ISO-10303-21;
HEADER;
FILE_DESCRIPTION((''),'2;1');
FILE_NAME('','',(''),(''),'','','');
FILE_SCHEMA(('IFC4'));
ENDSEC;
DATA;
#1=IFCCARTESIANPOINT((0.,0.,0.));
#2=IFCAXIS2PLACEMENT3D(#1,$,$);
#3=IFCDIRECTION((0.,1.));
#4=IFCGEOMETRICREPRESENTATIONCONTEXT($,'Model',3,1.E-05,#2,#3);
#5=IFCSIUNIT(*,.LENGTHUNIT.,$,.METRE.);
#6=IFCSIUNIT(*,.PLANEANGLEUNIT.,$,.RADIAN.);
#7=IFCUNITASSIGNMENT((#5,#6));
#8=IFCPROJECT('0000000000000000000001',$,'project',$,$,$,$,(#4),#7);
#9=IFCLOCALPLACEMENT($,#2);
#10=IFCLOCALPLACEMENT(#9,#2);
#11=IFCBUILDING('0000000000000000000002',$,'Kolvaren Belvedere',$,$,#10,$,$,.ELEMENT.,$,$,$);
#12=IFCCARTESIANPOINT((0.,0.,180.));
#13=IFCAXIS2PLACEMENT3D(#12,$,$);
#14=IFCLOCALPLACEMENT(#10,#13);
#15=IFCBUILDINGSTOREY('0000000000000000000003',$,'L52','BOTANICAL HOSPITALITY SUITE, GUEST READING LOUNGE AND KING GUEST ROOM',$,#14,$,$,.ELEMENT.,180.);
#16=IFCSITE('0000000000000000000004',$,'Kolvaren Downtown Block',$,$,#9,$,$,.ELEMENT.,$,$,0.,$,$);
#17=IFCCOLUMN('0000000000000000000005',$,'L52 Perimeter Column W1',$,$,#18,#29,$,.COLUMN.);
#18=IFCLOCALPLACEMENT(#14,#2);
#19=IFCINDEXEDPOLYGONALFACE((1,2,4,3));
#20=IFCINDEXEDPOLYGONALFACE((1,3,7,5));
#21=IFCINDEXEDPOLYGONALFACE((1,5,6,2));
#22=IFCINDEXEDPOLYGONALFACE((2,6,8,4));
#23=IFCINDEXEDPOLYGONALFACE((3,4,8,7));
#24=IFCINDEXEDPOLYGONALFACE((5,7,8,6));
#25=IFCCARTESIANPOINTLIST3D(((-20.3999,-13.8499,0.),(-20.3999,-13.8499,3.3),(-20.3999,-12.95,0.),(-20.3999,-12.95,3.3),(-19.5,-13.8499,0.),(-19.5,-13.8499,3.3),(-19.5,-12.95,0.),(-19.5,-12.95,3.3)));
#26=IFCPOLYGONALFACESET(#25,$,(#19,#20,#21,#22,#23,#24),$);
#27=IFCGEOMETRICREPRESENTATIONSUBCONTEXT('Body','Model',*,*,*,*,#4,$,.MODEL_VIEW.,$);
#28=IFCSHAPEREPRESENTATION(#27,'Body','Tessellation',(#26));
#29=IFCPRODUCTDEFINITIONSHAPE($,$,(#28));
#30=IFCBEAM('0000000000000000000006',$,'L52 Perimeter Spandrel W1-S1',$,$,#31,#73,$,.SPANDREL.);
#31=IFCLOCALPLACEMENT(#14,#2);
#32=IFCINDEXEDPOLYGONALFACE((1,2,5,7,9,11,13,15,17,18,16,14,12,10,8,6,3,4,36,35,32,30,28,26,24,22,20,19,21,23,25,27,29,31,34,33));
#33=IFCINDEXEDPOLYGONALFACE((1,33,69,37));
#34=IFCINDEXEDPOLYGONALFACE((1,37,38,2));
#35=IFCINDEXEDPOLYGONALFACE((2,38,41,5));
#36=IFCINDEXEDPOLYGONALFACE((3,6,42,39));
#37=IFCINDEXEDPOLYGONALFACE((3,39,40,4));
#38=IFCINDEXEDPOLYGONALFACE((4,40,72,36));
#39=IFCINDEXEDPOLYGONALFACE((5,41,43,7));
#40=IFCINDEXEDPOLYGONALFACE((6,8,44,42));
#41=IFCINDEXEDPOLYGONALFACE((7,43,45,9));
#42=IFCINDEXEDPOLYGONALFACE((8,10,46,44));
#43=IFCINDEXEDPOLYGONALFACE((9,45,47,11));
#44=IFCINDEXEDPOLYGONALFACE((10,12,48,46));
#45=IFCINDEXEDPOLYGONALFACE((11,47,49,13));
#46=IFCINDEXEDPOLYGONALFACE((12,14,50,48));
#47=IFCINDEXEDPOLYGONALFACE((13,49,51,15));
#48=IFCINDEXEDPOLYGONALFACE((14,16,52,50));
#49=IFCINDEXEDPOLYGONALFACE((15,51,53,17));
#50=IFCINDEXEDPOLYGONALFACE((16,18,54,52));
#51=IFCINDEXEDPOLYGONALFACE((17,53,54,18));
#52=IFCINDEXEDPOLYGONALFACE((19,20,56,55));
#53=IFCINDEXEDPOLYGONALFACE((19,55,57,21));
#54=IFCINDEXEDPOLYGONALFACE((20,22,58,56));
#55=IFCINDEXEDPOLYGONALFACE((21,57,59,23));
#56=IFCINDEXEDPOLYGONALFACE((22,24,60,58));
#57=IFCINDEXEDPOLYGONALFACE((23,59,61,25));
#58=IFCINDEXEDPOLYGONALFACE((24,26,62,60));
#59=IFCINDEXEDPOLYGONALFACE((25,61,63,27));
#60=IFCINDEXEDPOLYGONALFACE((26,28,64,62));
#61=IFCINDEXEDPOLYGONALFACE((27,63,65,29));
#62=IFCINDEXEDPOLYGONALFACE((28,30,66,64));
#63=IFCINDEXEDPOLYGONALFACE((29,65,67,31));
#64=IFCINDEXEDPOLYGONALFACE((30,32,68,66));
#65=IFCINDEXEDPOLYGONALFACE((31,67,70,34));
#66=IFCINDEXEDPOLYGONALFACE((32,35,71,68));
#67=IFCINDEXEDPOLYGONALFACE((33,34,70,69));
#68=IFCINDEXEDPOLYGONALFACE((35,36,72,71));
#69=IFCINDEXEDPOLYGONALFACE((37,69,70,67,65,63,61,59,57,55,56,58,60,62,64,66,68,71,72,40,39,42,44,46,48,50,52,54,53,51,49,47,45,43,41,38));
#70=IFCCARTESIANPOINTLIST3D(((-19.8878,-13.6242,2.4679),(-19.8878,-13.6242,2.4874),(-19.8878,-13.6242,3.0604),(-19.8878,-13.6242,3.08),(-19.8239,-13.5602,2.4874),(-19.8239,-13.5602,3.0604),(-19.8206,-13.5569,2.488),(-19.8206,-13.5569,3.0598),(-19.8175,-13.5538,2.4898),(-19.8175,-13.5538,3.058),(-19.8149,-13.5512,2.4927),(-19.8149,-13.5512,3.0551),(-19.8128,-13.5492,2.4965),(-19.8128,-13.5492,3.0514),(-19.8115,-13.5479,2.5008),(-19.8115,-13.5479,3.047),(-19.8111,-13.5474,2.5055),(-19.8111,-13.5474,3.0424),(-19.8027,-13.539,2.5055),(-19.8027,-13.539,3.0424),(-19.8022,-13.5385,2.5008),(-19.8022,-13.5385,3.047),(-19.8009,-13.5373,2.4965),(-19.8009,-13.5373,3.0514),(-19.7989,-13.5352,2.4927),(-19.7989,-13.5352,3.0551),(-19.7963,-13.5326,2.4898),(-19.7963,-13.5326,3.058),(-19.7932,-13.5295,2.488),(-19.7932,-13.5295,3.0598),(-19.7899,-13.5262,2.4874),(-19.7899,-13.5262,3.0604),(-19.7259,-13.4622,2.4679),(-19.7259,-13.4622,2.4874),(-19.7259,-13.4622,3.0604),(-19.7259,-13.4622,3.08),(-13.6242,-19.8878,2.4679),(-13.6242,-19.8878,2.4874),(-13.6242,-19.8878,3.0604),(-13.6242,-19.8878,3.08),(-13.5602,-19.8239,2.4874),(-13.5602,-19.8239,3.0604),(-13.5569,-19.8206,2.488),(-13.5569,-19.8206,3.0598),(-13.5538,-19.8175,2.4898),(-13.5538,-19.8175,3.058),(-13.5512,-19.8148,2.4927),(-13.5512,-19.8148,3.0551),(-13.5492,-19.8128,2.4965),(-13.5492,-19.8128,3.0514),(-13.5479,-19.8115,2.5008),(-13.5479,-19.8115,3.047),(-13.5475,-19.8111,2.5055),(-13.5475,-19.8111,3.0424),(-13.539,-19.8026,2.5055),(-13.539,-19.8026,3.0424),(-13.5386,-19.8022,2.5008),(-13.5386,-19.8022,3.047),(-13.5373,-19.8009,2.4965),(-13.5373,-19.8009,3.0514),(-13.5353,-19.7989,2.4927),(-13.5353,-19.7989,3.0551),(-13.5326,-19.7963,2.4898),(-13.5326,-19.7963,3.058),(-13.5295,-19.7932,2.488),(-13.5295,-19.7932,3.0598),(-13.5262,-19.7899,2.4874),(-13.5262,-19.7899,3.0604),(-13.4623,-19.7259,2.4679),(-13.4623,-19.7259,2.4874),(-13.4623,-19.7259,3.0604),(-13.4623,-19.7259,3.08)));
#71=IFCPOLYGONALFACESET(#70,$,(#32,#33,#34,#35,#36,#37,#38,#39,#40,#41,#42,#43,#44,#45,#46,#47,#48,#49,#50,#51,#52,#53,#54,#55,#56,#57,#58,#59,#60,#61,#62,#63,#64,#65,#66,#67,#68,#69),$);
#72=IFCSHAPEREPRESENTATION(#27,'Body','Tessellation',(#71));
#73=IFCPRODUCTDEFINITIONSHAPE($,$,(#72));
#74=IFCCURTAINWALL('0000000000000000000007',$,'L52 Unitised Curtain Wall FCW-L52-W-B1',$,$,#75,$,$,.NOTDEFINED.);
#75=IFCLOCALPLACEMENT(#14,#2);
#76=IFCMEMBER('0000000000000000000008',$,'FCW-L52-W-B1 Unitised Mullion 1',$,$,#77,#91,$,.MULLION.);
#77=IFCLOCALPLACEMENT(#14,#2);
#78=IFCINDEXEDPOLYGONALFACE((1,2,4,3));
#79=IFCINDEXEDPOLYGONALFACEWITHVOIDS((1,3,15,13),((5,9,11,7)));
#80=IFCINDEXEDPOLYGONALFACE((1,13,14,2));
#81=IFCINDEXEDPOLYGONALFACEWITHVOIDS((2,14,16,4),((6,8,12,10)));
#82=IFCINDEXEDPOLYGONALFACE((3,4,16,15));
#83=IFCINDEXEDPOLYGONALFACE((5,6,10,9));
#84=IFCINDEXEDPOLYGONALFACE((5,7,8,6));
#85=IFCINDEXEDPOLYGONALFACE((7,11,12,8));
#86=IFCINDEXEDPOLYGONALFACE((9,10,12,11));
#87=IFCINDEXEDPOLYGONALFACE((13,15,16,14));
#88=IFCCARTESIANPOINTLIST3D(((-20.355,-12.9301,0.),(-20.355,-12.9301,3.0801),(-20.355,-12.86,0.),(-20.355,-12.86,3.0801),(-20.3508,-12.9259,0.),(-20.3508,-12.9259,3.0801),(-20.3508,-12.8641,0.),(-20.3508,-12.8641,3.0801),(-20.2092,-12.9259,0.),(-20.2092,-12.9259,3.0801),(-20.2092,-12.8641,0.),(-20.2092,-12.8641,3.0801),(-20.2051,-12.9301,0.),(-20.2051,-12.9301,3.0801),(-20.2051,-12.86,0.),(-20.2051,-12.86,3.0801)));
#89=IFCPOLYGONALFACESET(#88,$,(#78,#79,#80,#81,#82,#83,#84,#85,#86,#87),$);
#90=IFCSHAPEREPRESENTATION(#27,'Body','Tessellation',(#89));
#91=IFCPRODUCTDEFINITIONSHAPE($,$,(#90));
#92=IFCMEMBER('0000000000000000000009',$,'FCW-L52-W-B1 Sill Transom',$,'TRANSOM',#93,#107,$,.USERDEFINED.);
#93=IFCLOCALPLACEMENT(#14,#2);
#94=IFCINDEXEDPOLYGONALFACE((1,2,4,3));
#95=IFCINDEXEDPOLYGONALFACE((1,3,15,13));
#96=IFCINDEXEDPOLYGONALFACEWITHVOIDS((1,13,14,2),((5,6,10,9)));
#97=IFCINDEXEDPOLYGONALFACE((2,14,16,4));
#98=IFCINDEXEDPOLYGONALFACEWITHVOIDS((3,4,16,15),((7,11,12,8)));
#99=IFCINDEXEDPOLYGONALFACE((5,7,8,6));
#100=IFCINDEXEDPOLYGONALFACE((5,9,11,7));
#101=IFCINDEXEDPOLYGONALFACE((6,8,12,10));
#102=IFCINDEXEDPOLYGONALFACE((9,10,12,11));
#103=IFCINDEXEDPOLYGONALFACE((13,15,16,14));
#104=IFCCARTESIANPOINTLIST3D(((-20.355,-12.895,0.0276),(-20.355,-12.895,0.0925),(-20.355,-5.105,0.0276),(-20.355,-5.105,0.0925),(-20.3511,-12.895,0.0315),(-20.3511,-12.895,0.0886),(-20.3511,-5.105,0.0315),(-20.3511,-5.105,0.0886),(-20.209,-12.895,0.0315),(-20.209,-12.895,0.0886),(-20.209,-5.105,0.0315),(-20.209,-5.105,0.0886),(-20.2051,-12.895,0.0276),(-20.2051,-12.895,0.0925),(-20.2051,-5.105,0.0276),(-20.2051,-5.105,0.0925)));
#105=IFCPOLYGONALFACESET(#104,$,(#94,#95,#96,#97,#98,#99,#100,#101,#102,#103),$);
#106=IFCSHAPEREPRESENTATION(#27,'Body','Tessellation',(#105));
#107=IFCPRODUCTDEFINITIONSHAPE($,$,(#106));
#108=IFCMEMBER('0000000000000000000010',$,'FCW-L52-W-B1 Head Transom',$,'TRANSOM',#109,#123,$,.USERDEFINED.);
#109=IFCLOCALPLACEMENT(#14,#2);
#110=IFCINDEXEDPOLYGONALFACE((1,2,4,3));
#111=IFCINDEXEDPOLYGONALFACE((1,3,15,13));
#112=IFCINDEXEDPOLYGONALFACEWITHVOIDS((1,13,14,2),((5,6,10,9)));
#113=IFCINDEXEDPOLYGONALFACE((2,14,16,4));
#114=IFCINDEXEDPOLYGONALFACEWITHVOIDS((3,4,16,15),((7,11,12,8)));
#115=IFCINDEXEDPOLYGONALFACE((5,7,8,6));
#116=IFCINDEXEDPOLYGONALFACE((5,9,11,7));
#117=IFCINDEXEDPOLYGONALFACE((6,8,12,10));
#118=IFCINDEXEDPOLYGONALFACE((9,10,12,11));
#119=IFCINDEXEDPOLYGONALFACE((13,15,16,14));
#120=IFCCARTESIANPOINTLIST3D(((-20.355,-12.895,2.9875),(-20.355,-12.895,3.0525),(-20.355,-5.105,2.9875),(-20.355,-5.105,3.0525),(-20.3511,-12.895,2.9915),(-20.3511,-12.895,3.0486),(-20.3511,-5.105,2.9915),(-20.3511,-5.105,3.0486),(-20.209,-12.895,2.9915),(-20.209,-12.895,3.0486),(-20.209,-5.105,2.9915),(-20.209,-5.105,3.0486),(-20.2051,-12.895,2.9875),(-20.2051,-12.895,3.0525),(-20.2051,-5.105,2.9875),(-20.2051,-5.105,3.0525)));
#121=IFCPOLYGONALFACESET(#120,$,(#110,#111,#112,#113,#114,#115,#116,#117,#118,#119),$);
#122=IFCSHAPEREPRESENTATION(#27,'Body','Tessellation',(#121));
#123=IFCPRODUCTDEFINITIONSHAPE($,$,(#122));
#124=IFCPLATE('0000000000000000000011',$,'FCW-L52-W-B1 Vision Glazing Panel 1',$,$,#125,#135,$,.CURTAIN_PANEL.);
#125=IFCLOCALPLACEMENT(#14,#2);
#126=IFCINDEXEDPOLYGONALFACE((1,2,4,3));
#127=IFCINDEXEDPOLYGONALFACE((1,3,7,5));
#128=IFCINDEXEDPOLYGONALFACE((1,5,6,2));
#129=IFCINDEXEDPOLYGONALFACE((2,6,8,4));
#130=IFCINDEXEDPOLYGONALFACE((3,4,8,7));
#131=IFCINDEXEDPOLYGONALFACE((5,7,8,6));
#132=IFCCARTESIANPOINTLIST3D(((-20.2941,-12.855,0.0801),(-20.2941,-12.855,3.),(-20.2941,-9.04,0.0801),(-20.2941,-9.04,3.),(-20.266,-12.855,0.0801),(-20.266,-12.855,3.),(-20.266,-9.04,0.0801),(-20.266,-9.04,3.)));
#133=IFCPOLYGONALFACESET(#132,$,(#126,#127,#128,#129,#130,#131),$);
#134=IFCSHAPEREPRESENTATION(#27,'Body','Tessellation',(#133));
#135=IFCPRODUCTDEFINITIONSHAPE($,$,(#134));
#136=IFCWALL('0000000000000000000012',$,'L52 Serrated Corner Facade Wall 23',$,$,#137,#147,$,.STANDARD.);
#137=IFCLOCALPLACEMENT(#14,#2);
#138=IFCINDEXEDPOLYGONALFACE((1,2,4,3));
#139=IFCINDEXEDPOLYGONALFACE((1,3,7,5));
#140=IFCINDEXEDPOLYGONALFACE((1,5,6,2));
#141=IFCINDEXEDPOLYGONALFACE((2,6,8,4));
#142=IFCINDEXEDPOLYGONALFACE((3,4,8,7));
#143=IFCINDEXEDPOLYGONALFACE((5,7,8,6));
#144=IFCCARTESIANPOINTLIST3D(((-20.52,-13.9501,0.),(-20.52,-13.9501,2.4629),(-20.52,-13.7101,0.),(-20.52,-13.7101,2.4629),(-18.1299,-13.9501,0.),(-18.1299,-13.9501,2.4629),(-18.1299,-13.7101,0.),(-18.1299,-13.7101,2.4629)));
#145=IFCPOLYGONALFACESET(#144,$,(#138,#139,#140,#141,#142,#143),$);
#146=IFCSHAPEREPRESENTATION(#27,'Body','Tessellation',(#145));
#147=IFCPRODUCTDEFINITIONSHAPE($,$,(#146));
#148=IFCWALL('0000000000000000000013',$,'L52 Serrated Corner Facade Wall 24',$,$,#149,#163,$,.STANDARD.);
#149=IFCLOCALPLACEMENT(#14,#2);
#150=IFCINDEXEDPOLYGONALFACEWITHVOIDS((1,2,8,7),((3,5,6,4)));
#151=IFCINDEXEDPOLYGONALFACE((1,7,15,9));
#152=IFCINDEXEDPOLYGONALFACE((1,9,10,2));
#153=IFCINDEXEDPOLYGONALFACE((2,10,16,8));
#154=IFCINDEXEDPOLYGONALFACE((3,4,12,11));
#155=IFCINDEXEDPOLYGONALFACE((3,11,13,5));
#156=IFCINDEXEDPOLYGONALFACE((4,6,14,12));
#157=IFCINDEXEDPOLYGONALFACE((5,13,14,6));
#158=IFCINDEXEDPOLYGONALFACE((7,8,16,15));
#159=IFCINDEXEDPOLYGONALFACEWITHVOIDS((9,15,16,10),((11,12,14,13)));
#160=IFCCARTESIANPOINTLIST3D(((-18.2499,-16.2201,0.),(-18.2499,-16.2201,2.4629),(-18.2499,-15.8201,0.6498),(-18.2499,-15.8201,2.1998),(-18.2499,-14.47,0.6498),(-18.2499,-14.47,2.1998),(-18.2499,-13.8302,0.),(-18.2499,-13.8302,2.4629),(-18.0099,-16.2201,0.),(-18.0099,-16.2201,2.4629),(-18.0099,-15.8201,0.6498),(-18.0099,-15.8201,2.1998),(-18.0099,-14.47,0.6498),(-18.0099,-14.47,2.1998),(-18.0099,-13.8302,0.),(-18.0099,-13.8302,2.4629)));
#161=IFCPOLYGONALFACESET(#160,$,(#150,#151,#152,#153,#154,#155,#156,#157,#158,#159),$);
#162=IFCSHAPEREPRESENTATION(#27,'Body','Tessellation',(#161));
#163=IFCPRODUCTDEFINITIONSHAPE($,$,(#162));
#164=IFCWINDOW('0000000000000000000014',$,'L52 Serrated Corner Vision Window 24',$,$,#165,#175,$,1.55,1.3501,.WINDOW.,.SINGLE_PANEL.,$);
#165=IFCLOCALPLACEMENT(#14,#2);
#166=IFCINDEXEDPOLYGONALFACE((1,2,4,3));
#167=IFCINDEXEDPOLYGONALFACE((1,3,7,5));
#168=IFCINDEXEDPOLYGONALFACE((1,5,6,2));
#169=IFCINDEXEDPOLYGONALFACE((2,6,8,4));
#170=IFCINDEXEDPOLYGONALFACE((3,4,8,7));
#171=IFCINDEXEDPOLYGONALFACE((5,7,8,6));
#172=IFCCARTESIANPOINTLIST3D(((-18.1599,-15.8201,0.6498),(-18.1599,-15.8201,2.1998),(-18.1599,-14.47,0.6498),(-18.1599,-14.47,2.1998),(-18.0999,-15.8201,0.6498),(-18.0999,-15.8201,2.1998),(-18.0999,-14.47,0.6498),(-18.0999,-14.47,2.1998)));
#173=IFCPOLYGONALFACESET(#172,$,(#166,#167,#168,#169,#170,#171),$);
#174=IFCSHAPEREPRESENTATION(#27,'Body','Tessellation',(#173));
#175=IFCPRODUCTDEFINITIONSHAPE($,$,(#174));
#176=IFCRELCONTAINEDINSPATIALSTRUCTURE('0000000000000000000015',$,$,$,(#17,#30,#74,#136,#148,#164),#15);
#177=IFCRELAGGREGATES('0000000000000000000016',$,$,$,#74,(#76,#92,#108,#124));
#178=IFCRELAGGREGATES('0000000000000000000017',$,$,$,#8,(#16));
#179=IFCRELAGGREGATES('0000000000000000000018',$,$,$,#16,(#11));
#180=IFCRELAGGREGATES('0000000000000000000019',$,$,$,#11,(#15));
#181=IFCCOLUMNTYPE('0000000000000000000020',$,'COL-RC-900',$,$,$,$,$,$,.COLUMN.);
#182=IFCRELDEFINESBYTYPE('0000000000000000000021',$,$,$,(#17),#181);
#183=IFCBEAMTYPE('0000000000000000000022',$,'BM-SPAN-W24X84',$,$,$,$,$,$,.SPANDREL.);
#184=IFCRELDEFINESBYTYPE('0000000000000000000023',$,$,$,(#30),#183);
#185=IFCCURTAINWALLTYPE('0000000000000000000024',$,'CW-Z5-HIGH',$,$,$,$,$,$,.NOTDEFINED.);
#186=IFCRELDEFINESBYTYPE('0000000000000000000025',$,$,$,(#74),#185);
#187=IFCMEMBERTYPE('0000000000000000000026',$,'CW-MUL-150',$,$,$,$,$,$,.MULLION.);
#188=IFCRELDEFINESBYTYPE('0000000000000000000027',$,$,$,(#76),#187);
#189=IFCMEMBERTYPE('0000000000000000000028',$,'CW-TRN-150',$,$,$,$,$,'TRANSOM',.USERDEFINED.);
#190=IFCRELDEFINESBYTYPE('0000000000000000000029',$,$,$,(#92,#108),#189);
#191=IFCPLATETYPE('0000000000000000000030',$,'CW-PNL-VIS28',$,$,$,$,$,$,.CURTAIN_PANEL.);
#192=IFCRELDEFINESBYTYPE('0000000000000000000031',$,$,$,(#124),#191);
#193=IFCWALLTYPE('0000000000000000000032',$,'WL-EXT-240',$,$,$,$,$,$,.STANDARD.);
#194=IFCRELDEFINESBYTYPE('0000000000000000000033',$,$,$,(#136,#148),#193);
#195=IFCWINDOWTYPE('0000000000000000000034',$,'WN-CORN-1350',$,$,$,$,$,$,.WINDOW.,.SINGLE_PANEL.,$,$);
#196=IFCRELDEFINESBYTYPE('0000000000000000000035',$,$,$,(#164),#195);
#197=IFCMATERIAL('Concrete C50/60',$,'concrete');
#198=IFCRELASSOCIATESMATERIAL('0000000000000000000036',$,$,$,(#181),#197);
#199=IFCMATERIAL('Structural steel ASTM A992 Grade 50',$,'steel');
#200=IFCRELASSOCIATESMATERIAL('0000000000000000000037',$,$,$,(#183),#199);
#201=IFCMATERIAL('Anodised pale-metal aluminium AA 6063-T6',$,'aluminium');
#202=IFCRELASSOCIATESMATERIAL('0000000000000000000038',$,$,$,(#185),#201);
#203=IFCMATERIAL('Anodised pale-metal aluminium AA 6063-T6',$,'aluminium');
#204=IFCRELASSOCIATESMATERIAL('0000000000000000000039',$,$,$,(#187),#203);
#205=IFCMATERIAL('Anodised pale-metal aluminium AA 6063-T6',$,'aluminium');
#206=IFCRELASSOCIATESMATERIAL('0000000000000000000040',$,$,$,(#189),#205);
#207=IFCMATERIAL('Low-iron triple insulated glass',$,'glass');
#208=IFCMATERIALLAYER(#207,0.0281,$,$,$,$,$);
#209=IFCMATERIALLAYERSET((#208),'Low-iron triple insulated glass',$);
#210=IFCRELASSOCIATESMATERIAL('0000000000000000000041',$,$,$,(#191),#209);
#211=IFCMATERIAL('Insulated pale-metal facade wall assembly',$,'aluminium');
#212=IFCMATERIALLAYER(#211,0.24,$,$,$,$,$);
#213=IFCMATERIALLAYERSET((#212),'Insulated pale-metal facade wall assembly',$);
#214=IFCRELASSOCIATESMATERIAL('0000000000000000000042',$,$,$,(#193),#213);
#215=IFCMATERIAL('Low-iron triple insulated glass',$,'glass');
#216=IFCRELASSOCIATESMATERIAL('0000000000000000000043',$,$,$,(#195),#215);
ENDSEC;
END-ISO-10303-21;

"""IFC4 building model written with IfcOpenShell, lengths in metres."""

from ifc_helpers import new_model, si_unit, direction, frame, frame_2d, origin, origin_2d, place, context, subcontext, project, spatial, rectangle, hollow_rectangle, i_section, extrude, material, layer, layer_set, material_profile, profile_set, type_object, element, fill, aggregate, save


model = new_model("IFC4")

# Units and contexts
model_context = context("Model", 3, precision=1e-05, world=origin(), true_north=direction((0.0, 1.0)))
body_context = subcontext(model_context, "Body", "Model", "MODEL_VIEW")
ifc_project = project(units=[si_unit("LENGTHUNIT", "METRE"), si_unit("PLANEANGLEUNIT", "RADIAN")], contexts=[model_context])

# Site, building, storey
site_placement = place(None, origin())
site = spatial("IfcSite", under=ifc_project, at=site_placement, Name="Kolvaren Downtown Block", CompositionType="ELEMENT", RefElevation=0.0)
building_placement = place(site_placement, origin())
building = spatial("IfcBuilding", under=site, at=building_placement, Name="Kolvaren Belvedere", CompositionType="ELEMENT")
storey_placement = place(building_placement, frame((0.0, 0.0, 180.0)))
storey = spatial("IfcBuildingStorey", under=building, at=storey_placement, Name="L52", Description="BOTANICAL HOSPITALITY SUITE, GUEST READING LOUNGE AND KING GUEST ROOM", CompositionType="ELEMENT", Elevation=180.0)

# Column
ifc_material_1 = material(Name="Concrete C50/60", Category="concrete")
ifc_material_profile_1 = material_profile(ifc_material_1, rectangle(XDim=0.8999, YDim=0.8999, at=origin_2d()), Name="RC 900X900")
ifc_profile_set_1 = profile_set([ifc_material_profile_1], Name="Concrete C50/60")
column_type = type_object("IfcColumnType", Name="COL-RC-900", PredefinedType="COLUMN", material=ifc_profile_set_1)
column_placement = place(storey_placement, frame((-19.95, -13.3999, 0.0), z_axis=(0.0, 0.0, 1.0), x_axis=(1.0, 0.0, 0.0)))
element("IfcColumn", 1, at=column_placement, inside=storey, type_object=column_type, Name="L52 Perimeter Column W1", PredefinedType="COLUMN", context=body_context, shape_type="SweptSolid", body=[
    extrude(rectangle(XDim=0.8999, YDim=0.8999, at=origin_2d()), origin(), (0.0, 0.0, 1.0), 3.3),
])

# Beam
ifc_material_2 = material(Name="Structural steel ASTM A992 Grade 50", Category="steel")
ifc_material_profile_2 = material_profile(ifc_material_2, i_section(OverallWidth=0.229, OverallDepth=0.6121, WebThickness=0.012, FlangeThickness=0.0195, FilletRadius=0.0181, at=origin_2d()), Name="W24X84")
ifc_profile_set_2 = profile_set([ifc_material_profile_2], Name="Structural steel ASTM A992 Grade 50")
beam_type = type_object("IfcBeamType", Name="BM-SPAN-W24X84", PredefinedType="SPANDREL", material=ifc_profile_set_2)
beam_placement = place(storey_placement, frame((-19.8069, -13.5432, 2.7739), z_axis=(0.707107, -0.707107, 0.0), x_axis=(0.707107, 0.707107, 0.0)))
element("IfcBeam", 2, at=beam_placement, inside=storey, type_object=beam_type, Name="L52 Perimeter Spandrel W1-S1", PredefinedType="SPANDREL", context=body_context, shape_type="SweptSolid", body=[
    extrude(i_section(OverallWidth=0.229, OverallDepth=0.6121, WebThickness=0.012, FlangeThickness=0.0195, FilletRadius=0.0181, at=origin_2d()), origin(), (0.0, 0.0, 1.0), 8.8582),
])

# Curtain wall, members, plate
ifc_material_3 = material(Name="Anodised pale-metal aluminium AA 6063-T6", Category="aluminium")
curtain_wall_type = type_object("IfcCurtainWallType", Name="CW-Z5-HIGH", PredefinedType="NOTDEFINED", material=ifc_material_3)
curtain_wall_placement = place(storey_placement, origin())
curtain_wall = element("IfcCurtainWall", 3, at=curtain_wall_placement, inside=storey, type_object=curtain_wall_type, Name="L52 Unitised Curtain Wall FCW-L52-W-B1", PredefinedType="NOTDEFINED")
ifc_material_4 = material(Name="Anodised pale-metal aluminium AA 6063-T6", Category="aluminium")
ifc_material_profile_3 = material_profile(ifc_material_4, hollow_rectangle(XDim=0.0701, YDim=0.1499, WallThickness=0.0042, at=origin_2d()), Name="ALU-MUL-150X70")
ifc_profile_set_3 = profile_set([ifc_material_profile_3], Name="Anodised pale-metal aluminium AA 6063-T6")
member_type_1 = type_object("IfcMemberType", Name="CW-MUL-150", PredefinedType="MULLION", material=ifc_profile_set_3)
member_1_placement = place(storey_placement, frame((-20.28, -12.895, 0.0), z_axis=(0.0, 0.0, 1.0), x_axis=(0.0, 1.0, 0.0)))
member_1 = element("IfcMember", 4, at=member_1_placement, type_object=member_type_1, Name="FCW-L52-W-B1 Unitised Mullion 1", PredefinedType="MULLION", context=body_context, shape_type="SweptSolid", body=[
    extrude(hollow_rectangle(XDim=0.0701, YDim=0.1499, WallThickness=0.0042, at=origin_2d()), origin(), (0.0, 0.0, 1.0), 3.0801),
])
ifc_material_5 = material(Name="Anodised pale-metal aluminium AA 6063-T6", Category="aluminium")
ifc_material_profile_4 = material_profile(ifc_material_5, hollow_rectangle(XDim=0.0649, YDim=0.1499, WallThickness=0.0039, at=origin_2d()), Name="ALU-TRN-150X65")
ifc_profile_set_4 = profile_set([ifc_material_profile_4], Name="Anodised pale-metal aluminium AA 6063-T6")
member_type_2 = type_object("IfcMemberType", Name="CW-TRN-150", ElementType="TRANSOM", PredefinedType="USERDEFINED", material=ifc_profile_set_4)
member_2_placement = place(storey_placement, frame((-20.28, -12.895, 0.0601), z_axis=(0.0, 1.0, 0.0), x_axis=(0.0, 0.0, 1.0)))
member_2 = element("IfcMember", 5, at=member_2_placement, type_object=member_type_2, Name="FCW-L52-W-B1 Sill Transom", ObjectType="TRANSOM", PredefinedType="USERDEFINED", context=body_context, shape_type="SweptSolid", body=[
    extrude(hollow_rectangle(XDim=0.0649, YDim=0.1499, WallThickness=0.0039, at=origin_2d()), origin(), (0.0, 0.0, 1.0), 7.79),
])
member_3_placement = place(storey_placement, frame((-20.28, -12.895, 3.02), z_axis=(0.0, 1.0, 0.0), x_axis=(0.0, 0.0, 1.0)))
member_3 = element("IfcMember", 6, at=member_3_placement, type_object=member_type_2, Name="FCW-L52-W-B1 Head Transom", ObjectType="TRANSOM", PredefinedType="USERDEFINED", context=body_context, shape_type="SweptSolid", body=[
    extrude(hollow_rectangle(XDim=0.0649, YDim=0.1499, WallThickness=0.0039, at=origin_2d()), origin(), (0.0, 0.0, 1.0), 7.79),
])
ifc_material_6 = material(Name="Low-iron triple insulated glass", Category="glass")
ifc_layer_1 = layer(ifc_material_6, 0.0281)
ifc_layer_set_1 = layer_set([ifc_layer_1], Name="Low-iron triple insulated glass")
plate_type = type_object("IfcPlateType", Name="CW-PNL-VIS28", PredefinedType="CURTAIN_PANEL", material=ifc_layer_set_1)
plate_placement = place(storey_placement, frame((-20.28, -10.9475, 0.0801), z_axis=(0.0, 0.0, 1.0), x_axis=(0.0, 1.0, 0.0)))
plate = element("IfcPlate", 7, at=plate_placement, type_object=plate_type, Name="FCW-L52-W-B1 Vision Glazing Panel 1", PredefinedType="CURTAIN_PANEL", context=body_context, shape_type="SweptSolid", body=[
    extrude(rectangle(XDim=3.8149, YDim=0.0281, at=origin_2d()), origin(), (0.0, 0.0, 1.0), 2.9199),
])
aggregate(curtain_wall, [member_1, member_2, member_3, plate])

# Wall
ifc_material_7 = material(Name="Insulated pale-metal facade wall assembly", Category="aluminium")
ifc_layer_2 = layer(ifc_material_7, 0.24)
ifc_layer_set_2 = layer_set([ifc_layer_2], Name="Insulated pale-metal facade wall assembly")
wall_type_1 = type_object("IfcWallType", Name="WL-EXT-240", PredefinedType="STANDARD", material=ifc_layer_set_2)
wall_1_placement = place(storey_placement, frame((-18.1299, -13.8301, 0.0), z_axis=(0.0, 0.0, 1.0), x_axis=(-1.0, 0.0, 0.0)))
element("IfcWall", 8, at=wall_1_placement, inside=storey, type_object=wall_type_1, Name="L52 Serrated Corner Facade Wall 23", PredefinedType="STANDARD", context=body_context, shape_type="SweptSolid", body=[
    extrude(rectangle(XDim=2.3901, YDim=0.24, at=frame_2d((1.1951, 0.0))), origin(), (0.0, 0.0, 1.0), 2.4629),
])

# Wall, opening, window
wall_2_placement = place(storey_placement, frame((-18.1299, -16.22, 0.0), z_axis=(0.0, 0.0, 1.0), x_axis=(0.0, 1.0, 0.0)))
wall_2 = element("IfcWall", 9, at=wall_2_placement, inside=storey, type_object=wall_type_1, Name="L52 Serrated Corner Facade Wall 24", PredefinedType="STANDARD", context=body_context, shape_type="SweptSolid", body=[
    extrude(rectangle(XDim=2.3899, YDim=0.24, at=frame_2d((1.1948, 0.0))), origin(), (0.0, 0.0, 1.0), 2.4629),
])
opening_1_placement = place(wall_2_placement, frame((0.3999, 0.0, 0.6499)))
opening_1 = element("IfcOpeningElement", 10, at=opening_1_placement, cuts=wall_2, PredefinedType="OPENING", context=body_context, shape_type="SweptSolid", body=[
    extrude(rectangle(XDim=1.3501, YDim=1.55, at=frame_2d((0.675, 0.7749))), frame((0.0, 0.1299, 0.0), z_axis=(0.0, -1.0, 0.0), x_axis=(1.0, 0.0, 0.0)), (0.0, 0.0, 1.0), 0.26),
])
ifc_material_8 = material(Name="Low-iron triple insulated glass", Category="glass")
window_type_1 = type_object("IfcWindowType", Name="WN-CORN-1350", PartitioningType="SINGLE_PANEL", PredefinedType="WINDOW", material=ifc_material_8)
window_1_placement = place(opening_1_placement, origin())
window_1 = element("IfcWindow", 11, at=window_1_placement, inside=storey, type_object=window_type_1, Name="L52 Serrated Corner Vision Window 24", OverallHeight=1.55, OverallWidth=1.3501, PartitioningType="SINGLE_PANEL", PredefinedType="WINDOW", context=body_context, shape_type="SweptSolid", body=[
    extrude(rectangle(XDim=1.3501, YDim=1.55, at=frame_2d((0.675, 0.7749))), frame((0.0, 0.03, 0.0), z_axis=(0.0, -1.0, 0.0), x_axis=(1.0, 0.0, 0.0)), (0.0, 0.0, 1.0), 0.0601),
])
fill(opening_1, window_1)

save(model, "model.ifc")
